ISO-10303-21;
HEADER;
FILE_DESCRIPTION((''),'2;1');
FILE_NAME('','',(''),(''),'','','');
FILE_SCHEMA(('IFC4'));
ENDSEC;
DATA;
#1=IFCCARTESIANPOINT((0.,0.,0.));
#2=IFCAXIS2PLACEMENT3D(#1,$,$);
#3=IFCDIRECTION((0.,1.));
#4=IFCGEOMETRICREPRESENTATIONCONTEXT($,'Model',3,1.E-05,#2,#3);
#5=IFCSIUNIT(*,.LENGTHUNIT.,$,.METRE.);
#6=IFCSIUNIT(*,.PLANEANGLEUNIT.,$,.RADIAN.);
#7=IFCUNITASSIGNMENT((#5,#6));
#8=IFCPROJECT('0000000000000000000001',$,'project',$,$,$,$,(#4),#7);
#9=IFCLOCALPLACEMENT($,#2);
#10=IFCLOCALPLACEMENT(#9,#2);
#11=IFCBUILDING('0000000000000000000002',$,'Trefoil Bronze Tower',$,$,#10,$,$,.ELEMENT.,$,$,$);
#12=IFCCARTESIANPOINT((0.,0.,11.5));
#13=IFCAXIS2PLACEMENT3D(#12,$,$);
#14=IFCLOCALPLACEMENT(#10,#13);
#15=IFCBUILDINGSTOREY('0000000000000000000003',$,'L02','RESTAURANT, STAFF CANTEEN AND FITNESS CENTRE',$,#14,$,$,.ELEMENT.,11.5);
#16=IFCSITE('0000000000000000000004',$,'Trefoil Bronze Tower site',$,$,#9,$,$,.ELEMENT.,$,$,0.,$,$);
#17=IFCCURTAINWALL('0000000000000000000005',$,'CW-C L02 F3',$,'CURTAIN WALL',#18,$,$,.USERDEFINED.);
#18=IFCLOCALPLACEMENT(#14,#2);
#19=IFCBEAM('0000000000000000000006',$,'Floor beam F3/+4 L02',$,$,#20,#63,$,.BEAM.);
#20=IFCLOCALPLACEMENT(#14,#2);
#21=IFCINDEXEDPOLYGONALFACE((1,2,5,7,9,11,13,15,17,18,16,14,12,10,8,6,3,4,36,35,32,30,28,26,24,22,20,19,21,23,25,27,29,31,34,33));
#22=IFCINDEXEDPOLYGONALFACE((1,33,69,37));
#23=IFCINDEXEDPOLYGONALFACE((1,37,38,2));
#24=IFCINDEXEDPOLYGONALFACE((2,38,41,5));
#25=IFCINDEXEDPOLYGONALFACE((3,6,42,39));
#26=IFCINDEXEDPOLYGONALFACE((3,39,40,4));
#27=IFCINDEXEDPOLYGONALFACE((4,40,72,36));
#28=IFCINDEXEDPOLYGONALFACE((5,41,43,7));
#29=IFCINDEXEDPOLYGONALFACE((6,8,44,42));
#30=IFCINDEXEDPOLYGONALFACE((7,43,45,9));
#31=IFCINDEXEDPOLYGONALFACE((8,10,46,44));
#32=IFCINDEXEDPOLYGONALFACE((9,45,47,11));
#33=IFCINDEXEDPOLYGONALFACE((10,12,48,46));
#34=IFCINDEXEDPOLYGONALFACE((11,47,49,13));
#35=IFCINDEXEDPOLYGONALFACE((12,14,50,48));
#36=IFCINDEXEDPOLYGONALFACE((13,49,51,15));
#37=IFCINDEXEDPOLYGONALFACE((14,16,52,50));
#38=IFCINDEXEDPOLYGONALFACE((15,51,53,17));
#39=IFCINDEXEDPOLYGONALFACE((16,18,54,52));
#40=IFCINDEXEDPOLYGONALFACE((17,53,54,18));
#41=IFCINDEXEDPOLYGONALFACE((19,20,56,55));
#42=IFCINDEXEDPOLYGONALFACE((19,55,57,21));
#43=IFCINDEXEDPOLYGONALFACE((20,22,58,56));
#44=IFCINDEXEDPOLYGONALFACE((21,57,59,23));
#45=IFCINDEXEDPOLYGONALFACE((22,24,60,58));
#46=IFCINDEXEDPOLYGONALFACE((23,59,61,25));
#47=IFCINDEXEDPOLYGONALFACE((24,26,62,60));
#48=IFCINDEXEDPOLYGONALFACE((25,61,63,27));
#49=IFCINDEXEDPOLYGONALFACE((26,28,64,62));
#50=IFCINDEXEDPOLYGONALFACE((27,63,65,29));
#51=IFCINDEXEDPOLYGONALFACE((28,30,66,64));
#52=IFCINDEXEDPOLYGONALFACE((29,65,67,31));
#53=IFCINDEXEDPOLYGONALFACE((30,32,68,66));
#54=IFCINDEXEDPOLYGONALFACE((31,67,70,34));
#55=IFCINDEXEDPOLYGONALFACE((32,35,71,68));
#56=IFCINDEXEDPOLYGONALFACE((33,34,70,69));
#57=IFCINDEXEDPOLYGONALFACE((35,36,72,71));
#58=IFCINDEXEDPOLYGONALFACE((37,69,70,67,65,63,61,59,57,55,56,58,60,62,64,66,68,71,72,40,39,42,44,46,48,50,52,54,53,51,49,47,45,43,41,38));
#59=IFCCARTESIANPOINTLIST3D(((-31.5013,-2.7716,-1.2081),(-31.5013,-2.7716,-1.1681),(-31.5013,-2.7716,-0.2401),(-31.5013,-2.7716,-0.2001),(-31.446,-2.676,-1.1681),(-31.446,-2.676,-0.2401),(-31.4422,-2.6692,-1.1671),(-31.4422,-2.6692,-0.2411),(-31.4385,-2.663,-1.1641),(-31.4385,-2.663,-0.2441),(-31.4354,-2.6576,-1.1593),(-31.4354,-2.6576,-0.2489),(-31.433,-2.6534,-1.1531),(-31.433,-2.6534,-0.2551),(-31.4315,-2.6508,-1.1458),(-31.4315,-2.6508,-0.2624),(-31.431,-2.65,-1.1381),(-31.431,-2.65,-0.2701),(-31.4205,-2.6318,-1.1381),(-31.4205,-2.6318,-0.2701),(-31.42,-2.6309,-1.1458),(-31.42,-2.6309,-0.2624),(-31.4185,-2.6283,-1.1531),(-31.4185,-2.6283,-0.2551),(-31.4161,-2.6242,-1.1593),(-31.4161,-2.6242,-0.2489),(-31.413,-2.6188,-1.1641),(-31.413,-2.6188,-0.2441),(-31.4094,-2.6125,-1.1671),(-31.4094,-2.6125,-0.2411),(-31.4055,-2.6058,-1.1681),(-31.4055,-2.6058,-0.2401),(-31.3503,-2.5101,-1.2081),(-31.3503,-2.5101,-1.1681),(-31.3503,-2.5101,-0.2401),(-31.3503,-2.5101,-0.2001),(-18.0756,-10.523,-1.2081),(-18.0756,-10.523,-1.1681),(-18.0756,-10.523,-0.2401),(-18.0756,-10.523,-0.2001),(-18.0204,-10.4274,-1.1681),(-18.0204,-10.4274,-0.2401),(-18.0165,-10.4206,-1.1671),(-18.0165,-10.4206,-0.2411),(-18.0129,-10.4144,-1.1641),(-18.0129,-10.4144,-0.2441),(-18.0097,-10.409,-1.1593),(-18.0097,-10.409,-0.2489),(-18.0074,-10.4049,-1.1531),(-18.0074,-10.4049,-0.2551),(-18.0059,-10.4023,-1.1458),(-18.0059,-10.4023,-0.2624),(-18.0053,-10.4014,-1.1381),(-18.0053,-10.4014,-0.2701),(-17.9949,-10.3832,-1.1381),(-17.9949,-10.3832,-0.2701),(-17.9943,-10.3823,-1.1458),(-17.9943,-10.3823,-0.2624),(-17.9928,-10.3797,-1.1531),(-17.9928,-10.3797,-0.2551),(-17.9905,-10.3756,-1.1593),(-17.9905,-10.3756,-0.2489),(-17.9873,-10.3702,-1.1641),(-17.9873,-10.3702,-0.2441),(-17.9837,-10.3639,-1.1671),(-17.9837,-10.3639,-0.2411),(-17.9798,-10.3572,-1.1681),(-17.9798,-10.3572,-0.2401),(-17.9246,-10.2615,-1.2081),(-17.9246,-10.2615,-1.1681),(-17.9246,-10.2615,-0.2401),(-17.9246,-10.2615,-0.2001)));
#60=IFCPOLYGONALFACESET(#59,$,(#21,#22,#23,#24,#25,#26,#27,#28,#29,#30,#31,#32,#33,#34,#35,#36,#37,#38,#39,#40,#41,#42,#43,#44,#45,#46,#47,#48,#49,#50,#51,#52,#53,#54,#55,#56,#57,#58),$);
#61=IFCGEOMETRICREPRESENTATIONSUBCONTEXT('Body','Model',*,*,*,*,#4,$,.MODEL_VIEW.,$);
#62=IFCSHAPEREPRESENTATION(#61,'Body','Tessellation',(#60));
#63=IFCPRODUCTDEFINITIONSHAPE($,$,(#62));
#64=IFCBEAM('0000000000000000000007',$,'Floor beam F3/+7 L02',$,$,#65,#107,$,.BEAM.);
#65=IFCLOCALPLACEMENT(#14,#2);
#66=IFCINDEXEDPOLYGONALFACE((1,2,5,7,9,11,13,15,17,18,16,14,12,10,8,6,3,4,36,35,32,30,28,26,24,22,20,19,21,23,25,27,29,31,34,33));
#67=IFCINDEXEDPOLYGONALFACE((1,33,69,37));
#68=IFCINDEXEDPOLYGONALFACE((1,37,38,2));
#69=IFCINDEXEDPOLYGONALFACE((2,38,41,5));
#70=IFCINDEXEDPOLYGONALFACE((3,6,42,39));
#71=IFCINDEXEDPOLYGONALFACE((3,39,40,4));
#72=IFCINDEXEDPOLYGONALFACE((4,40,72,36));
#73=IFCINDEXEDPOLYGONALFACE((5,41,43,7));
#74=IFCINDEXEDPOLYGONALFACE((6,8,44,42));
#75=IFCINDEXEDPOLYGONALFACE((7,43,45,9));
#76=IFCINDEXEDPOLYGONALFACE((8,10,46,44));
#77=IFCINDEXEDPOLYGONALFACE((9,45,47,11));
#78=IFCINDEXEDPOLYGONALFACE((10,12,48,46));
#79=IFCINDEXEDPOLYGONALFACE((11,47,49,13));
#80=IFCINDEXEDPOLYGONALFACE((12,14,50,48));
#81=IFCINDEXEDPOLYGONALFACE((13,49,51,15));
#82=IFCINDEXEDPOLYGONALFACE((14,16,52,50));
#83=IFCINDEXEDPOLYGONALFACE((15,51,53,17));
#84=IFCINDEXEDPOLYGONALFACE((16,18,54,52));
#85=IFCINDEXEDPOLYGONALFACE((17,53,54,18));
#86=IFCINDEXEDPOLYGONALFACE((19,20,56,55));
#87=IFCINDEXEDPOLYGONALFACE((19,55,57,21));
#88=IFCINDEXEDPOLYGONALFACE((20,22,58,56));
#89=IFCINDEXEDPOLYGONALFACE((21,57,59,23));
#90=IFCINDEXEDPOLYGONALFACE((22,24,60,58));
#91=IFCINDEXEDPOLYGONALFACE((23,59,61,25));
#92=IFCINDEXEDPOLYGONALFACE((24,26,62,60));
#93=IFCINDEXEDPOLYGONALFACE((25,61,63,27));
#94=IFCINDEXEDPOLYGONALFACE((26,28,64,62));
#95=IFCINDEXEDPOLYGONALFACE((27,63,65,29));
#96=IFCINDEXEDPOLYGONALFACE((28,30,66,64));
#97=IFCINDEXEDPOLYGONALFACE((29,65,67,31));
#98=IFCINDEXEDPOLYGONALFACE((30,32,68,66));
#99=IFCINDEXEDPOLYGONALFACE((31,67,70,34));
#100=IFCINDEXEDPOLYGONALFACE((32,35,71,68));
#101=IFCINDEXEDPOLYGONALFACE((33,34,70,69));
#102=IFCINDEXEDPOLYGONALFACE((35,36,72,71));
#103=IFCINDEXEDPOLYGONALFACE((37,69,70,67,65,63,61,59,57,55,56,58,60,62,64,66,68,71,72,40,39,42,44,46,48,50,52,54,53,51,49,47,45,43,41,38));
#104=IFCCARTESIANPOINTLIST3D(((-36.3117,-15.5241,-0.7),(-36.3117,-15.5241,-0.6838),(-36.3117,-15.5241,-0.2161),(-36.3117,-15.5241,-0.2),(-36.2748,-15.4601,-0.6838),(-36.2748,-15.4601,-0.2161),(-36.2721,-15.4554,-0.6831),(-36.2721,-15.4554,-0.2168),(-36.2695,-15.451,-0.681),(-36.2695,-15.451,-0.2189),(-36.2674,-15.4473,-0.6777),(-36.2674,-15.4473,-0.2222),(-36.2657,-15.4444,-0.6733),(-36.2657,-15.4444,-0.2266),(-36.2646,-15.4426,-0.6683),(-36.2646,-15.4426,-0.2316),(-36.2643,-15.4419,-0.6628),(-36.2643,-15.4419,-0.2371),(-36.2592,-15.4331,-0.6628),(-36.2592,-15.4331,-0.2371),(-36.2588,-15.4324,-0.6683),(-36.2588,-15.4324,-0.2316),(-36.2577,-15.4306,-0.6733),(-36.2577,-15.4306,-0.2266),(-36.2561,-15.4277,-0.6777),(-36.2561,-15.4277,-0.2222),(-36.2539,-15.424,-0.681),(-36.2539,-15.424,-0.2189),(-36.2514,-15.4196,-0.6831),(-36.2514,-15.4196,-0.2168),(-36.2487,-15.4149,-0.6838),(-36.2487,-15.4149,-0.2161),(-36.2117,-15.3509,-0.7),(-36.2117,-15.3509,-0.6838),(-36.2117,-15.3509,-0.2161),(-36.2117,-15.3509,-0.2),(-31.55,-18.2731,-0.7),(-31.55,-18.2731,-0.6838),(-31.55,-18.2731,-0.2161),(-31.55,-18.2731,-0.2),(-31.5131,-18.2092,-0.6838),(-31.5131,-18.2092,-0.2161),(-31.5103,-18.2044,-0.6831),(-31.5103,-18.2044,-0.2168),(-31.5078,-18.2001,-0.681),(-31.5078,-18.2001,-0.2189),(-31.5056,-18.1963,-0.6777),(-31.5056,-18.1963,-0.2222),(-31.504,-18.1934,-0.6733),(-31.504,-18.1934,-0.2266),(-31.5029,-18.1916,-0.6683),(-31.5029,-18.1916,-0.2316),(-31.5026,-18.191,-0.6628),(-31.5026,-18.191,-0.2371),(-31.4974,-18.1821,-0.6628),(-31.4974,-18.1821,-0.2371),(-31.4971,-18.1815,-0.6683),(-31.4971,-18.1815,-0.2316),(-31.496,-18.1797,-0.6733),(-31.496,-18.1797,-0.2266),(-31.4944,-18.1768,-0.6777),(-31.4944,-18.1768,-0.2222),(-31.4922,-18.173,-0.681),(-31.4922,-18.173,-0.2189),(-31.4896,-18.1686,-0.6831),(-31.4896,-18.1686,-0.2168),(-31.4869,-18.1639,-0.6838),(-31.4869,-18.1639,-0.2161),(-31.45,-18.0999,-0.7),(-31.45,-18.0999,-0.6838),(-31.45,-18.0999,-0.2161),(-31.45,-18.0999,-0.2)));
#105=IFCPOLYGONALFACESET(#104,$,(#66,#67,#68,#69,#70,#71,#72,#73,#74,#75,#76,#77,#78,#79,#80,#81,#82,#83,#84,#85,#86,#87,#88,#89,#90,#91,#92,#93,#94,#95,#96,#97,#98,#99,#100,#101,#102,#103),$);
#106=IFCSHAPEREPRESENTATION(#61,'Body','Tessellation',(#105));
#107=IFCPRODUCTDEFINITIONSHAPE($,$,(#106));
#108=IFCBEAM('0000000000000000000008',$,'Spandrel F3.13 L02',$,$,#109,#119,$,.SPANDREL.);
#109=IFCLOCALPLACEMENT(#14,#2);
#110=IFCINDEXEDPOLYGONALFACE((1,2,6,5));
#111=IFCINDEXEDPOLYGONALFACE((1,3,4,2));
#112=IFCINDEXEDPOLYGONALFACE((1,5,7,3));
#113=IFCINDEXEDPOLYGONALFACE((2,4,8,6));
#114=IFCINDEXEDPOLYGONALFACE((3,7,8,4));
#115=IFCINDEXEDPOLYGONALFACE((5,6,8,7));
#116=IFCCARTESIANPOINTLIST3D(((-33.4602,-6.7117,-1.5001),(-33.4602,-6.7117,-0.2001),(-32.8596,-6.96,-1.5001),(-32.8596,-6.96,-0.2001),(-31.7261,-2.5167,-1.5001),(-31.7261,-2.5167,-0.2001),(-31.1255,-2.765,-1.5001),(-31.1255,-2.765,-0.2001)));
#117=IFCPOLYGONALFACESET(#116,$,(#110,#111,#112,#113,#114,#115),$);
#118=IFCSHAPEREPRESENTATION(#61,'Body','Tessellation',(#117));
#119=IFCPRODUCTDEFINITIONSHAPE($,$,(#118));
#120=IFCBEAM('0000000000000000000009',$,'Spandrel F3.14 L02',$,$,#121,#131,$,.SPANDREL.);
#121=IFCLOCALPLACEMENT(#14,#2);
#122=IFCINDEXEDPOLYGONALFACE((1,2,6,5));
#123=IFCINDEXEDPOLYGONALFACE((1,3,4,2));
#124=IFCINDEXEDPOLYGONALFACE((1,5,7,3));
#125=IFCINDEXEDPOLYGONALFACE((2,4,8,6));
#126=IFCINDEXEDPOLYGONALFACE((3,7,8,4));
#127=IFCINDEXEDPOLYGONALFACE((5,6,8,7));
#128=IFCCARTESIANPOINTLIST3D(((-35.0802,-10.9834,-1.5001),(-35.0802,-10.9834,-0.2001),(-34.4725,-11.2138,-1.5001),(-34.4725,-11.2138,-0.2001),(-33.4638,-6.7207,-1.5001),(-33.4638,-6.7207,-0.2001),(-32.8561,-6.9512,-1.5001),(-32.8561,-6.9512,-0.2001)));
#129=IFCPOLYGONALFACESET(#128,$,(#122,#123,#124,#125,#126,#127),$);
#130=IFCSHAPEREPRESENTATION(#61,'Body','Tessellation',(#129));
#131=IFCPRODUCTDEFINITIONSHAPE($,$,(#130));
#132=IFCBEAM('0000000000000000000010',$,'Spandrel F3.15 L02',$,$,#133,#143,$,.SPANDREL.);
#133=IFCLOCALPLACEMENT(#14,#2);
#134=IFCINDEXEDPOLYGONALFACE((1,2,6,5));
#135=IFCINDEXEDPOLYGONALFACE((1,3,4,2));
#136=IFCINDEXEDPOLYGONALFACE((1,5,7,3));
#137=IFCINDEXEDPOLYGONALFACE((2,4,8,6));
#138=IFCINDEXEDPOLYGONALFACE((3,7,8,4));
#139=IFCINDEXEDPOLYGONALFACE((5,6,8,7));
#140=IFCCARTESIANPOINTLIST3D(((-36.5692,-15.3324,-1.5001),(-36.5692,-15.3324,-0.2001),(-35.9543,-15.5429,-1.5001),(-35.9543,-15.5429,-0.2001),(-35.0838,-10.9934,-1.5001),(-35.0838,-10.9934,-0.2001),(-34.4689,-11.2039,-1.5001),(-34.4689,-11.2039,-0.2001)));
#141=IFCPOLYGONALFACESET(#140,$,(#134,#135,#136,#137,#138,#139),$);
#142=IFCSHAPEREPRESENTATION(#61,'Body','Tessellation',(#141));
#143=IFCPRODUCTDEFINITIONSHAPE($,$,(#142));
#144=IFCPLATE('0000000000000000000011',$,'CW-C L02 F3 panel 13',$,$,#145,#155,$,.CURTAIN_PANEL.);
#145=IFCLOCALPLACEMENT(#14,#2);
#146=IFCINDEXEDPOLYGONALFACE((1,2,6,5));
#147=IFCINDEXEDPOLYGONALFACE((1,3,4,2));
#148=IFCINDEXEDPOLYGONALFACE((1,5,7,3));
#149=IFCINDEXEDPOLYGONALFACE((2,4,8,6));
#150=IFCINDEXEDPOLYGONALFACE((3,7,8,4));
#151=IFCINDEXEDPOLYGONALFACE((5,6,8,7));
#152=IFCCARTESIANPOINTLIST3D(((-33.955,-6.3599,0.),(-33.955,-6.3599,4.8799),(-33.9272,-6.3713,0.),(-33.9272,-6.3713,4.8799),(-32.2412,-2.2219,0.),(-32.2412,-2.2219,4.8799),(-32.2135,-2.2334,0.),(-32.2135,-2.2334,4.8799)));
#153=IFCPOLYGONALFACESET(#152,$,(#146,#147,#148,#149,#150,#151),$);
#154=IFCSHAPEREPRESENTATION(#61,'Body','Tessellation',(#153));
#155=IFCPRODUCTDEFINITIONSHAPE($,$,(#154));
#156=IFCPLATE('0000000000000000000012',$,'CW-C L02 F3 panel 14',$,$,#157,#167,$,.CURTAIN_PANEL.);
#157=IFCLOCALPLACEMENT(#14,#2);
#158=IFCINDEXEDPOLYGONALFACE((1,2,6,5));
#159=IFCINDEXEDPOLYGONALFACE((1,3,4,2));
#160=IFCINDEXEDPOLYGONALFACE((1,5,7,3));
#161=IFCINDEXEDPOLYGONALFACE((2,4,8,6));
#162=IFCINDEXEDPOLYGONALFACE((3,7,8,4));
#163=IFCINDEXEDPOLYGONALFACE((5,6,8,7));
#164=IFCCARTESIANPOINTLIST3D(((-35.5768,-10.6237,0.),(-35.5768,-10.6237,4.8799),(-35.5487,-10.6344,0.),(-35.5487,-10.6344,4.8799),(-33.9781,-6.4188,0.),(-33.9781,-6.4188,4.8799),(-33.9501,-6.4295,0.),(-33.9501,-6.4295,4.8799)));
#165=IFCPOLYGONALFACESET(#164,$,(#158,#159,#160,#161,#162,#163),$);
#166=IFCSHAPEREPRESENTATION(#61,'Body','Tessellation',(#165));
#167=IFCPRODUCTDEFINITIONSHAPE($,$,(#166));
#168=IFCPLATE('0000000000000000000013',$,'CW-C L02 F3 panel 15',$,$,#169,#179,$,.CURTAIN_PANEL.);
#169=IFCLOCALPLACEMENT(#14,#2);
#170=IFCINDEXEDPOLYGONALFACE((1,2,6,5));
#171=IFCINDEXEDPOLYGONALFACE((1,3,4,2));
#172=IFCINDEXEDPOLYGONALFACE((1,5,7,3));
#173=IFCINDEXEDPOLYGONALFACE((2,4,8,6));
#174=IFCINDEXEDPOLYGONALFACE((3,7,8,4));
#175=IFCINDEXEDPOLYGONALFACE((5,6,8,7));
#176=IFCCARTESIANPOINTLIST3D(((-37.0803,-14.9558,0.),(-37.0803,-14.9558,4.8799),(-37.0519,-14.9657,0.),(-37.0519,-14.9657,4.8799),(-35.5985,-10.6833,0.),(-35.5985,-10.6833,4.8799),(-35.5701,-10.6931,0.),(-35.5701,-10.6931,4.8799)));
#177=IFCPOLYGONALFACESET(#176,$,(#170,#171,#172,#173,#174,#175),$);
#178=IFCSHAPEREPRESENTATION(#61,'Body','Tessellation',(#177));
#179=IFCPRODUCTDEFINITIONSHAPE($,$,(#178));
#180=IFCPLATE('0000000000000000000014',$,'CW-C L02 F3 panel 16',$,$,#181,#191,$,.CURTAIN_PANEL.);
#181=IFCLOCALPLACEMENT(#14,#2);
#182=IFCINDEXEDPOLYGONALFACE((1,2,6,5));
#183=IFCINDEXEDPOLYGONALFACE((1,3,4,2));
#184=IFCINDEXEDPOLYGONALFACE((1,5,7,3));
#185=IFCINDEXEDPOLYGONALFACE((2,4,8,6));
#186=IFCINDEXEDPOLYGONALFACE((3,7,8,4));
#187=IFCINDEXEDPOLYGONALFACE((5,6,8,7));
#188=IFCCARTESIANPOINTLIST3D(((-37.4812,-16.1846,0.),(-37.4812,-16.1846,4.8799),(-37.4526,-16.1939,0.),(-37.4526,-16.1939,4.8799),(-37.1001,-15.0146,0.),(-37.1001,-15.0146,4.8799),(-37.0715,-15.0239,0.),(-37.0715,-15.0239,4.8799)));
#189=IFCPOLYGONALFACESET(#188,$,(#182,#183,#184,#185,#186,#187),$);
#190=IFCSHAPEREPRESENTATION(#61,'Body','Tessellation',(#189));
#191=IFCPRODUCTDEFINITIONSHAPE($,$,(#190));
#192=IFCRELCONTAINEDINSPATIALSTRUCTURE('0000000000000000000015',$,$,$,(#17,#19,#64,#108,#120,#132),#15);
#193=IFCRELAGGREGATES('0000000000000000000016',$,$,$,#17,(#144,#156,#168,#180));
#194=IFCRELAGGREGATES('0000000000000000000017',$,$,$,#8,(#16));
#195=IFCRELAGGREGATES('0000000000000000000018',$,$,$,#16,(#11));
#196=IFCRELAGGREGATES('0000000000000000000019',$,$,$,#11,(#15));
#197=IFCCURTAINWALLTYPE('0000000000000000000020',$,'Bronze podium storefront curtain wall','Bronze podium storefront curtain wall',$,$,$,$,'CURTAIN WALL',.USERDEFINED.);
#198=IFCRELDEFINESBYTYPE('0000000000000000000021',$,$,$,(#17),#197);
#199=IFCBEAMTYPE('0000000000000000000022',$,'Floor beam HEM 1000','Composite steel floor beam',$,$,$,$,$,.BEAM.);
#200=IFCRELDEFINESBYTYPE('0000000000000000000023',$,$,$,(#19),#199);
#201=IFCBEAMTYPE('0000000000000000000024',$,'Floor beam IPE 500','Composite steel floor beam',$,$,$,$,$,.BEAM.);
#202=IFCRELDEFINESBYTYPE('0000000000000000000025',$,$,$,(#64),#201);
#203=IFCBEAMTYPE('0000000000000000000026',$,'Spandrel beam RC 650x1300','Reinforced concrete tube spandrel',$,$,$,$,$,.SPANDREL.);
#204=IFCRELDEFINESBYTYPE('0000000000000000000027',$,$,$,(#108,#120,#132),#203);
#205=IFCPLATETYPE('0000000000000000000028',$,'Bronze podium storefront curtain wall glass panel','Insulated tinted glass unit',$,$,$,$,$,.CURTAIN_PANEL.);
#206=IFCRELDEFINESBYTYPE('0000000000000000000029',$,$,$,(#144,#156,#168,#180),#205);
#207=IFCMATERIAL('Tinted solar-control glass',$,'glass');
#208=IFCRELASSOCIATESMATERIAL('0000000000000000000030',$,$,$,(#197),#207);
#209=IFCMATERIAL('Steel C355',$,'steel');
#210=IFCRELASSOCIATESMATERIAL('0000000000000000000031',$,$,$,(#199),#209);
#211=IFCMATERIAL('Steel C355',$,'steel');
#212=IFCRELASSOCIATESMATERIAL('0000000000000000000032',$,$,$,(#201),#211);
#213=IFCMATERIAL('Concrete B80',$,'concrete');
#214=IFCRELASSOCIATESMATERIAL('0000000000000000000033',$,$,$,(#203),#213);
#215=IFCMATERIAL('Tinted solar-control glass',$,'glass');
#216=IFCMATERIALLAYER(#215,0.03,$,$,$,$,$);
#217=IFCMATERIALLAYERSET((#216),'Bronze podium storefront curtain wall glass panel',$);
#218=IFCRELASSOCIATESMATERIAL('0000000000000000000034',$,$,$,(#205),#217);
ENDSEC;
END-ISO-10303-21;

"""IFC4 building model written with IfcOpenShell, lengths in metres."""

from ifc_helpers import new_model, si_unit, direction, frame, origin, origin_2d, place, context, subcontext, project, spatial, rectangle, i_section, extrude, material, layer, layer_set, material_profile, profile_set, type_object, element, aggregate, save


model = new_model("IFC4")

# Units and contexts
model_context = context("Model", 3, precision=1e-05, world=origin(), true_north=direction((0.0, 1.0)))
body_context = subcontext(model_context, "Body", "Model", "MODEL_VIEW")
ifc_project = project(units=[si_unit("LENGTHUNIT", "METRE"), si_unit("PLANEANGLEUNIT", "RADIAN")], contexts=[model_context])

# Site, building, storey
site_placement = place(None, origin())
site = spatial("IfcSite", under=ifc_project, at=site_placement, Name="Trefoil Bronze Tower site", CompositionType="ELEMENT", RefElevation=0.0)
building_placement = place(site_placement, origin())
building = spatial("IfcBuilding", under=site, at=building_placement, Name="Trefoil Bronze Tower", CompositionType="ELEMENT")
storey_placement = place(building_placement, frame((0.0, 0.0, 11.5)))
storey = spatial("IfcBuildingStorey", under=building, at=storey_placement, Name="L02", Description="RESTAURANT, STAFF CANTEEN AND FITNESS CENTRE", CompositionType="ELEMENT", Elevation=11.5)

# Curtain wall
ifc_material_1 = material(Name="Tinted solar-control glass", Category="glass")
curtain_wall_type_1 = type_object("IfcCurtainWallType", Name="Bronze podium storefront curtain wall", Description="Bronze podium storefront curtain wall", ElementType="CURTAIN WALL", PredefinedType="USERDEFINED", material=ifc_material_1)
curtain_wall_1_placement = place(storey_placement, origin())
curtain_wall_1 = element("IfcCurtainWall", 1, at=curtain_wall_1_placement, inside=storey, type_object=curtain_wall_type_1, Name="CW-C L02 F3", ObjectType="CURTAIN WALL", PredefinedType="USERDEFINED")

# Beams
ifc_material_2 = material(Name="Steel C355", Category="steel")
ifc_material_profile_1 = material_profile(ifc_material_2, i_section(OverallWidth=0.302, OverallDepth=1.0081, WebThickness=0.021, FlangeThickness=0.04, FilletRadius=0.03, at=origin_2d()), Name="HEM 1000")
ifc_profile_set_1 = profile_set([ifc_material_profile_1], Name="Steel C355")
beam_type_1 = type_object("IfcBeamType", Name="Floor beam HEM 1000", Description="Composite steel floor beam", PredefinedType="BEAM", material=ifc_profile_set_1)
beam_1_placement = place(storey_placement, frame((-31.4258, -2.6409, -0.7041), z_axis=(0.866023, -0.500004, 0.0), x_axis=(0.500004, 0.866023, 0.0)))
element("IfcBeam", 2, at=beam_1_placement, inside=storey, type_object=beam_type_1, Name="Floor beam F3/+4 L02", PredefinedType="BEAM", context=body_context, shape_type="SweptSolid", body=[
    extrude(i_section(OverallWidth=0.302, OverallDepth=1.0081, WebThickness=0.021, FlangeThickness=0.04, FilletRadius=0.03, at=origin_2d()), origin(), (0.0, 0.0, 1.0), 15.5027),
])
ifc_material_3 = material(Name="Steel C355", Category="steel")
ifc_material_profile_2 = material_profile(ifc_material_3, i_section(OverallWidth=0.2, OverallDepth=0.5, WebThickness=0.0103, FlangeThickness=0.0161, FilletRadius=0.021, at=origin_2d()), Name="IPE 500")
ifc_profile_set_2 = profile_set([ifc_material_profile_2], Name="Steel C355")
beam_type_2 = type_object("IfcBeamType", Name="Floor beam IPE 500", Description="Composite steel floor beam", PredefinedType="BEAM", material=ifc_profile_set_2)
beam_2_placement = place(storey_placement, frame((-36.2617, -15.4375, -0.45), z_axis=(0.866038, -0.499979, 0.0), x_axis=(0.499979, 0.866038, 0.0)))
element("IfcBeam", 3, at=beam_2_placement, inside=storey, type_object=beam_type_2, Name="Floor beam F3/+7 L02", PredefinedType="BEAM", context=body_context, shape_type="SweptSolid", body=[
    extrude(i_section(OverallWidth=0.2, OverallDepth=0.5, WebThickness=0.0103, FlangeThickness=0.0161, FilletRadius=0.021, at=origin_2d()), origin(), (0.0, 0.0, 1.0), 5.4983),
])
ifc_material_4 = material(Name="Concrete B80", Category="concrete")
ifc_material_profile_3 = material_profile(ifc_material_4, rectangle(XDim=0.6499, YDim=1.3, at=origin_2d()), Name="RC 650x1300")
ifc_profile_set_3 = profile_set([ifc_material_profile_3], Name="Concrete B80")
beam_type_3 = type_object("IfcBeamType", Name="Spandrel beam RC 650x1300", Description="Reinforced concrete tube spandrel", PredefinedType="SPANDREL", material=ifc_profile_set_3)
beam_3_placement = place(storey_placement, frame((-31.4258, -2.6409, -0.8501), z_axis=(-0.382021, -0.924154, 0.0), x_axis=(0.924154, -0.382021, 0.0)))
element("IfcBeam", 4, at=beam_3_placement, inside=storey, type_object=beam_type_3, Name="Spandrel F3.13 L02", PredefinedType="SPANDREL", context=body_context, shape_type="SweptSolid", body=[
    extrude(rectangle(XDim=0.6499, YDim=1.3, at=origin_2d()), origin(), (0.0, 0.0, 1.0), 4.5393),
])
beam_4_placement = place(storey_placement, frame((-33.1599, -6.8359, -0.8501), z_axis=(-0.354572, -0.935029, 0.0), x_axis=(0.935029, -0.354572, 0.0)))
element("IfcBeam", 5, at=beam_4_placement, inside=storey, type_object=beam_type_3, Name="Spandrel F3.14 L02", PredefinedType="SPANDREL", context=body_context, shape_type="SweptSolid", body=[
    extrude(rectangle(XDim=0.6499, YDim=1.3, at=origin_2d()), origin(), (0.0, 0.0, 1.0), 4.5588),
])
beam_5_placement = place(storey_placement, frame((-34.7764, -11.0986, -0.8501), z_axis=(-0.323883, -0.946097, 0.0), x_axis=(0.946097, -0.323883, 0.0)))
element("IfcBeam", 6, at=beam_5_placement, inside=storey, type_object=beam_type_3, Name="Spandrel F3.15 L02", PredefinedType="SPANDREL", context=body_context, shape_type="SweptSolid", body=[
    extrude(rectangle(XDim=0.6499, YDim=1.3, at=origin_2d()), origin(), (0.0, 0.0, 1.0), 4.5862),
])

# Plates
ifc_material_5 = material(Name="Tinted solar-control glass", Category="glass")
ifc_layer_1 = layer(ifc_material_5, 0.03)
ifc_layer_set_1 = layer_set([ifc_layer_1], Name="Bronze podium storefront curtain wall glass panel")
plate_type_1 = type_object("IfcPlateType", Name="Bronze podium storefront curtain wall glass panel", Description="Insulated tinted glass unit", PredefinedType="CURTAIN_PANEL", material=ifc_layer_set_1)
plate_1_placement = place(storey_placement, frame((-33.0842, -4.2966, 0.0), z_axis=(0.0, 0.0, 1.0), x_axis=(-0.38263, -0.923902, 0.0)))
plate_1 = element("IfcPlate", 7, at=plate_1_placement, type_object=plate_type_1, Name="CW-C L02 F3 panel 13", PredefinedType="CURTAIN_PANEL", context=body_context, shape_type="SweptSolid", body=[
    extrude(rectangle(XDim=4.4788, YDim=0.03, at=origin_2d()), origin(), (0.0, 0.0, 1.0), 4.8799),
])
plate_2_placement = place(storey_placement, frame((-34.7634, -8.5266, 0.0), z_axis=(0.0, 0.0, 1.0), x_axis=(-0.355371, -0.934725, 0.0)))
plate_2 = element("IfcPlate", 8, at=plate_2_placement, type_object=plate_type_1, Name="CW-C L02 F3 panel 14", PredefinedType="CURTAIN_PANEL", context=body_context, shape_type="SweptSolid", body=[
    extrude(rectangle(XDim=4.4985, YDim=0.03, at=origin_2d()), origin(), (0.0, 0.0, 1.0), 4.8799),
])
plate_3_placement = place(storey_placement, frame((-36.3252, -12.8245, 0.0), z_axis=(0.0, 0.0, 1.0), x_axis=(-0.327674, -0.944791, 0.0)))
plate_3 = element("IfcPlate", 9, at=plate_3_placement, type_object=plate_type_1, Name="CW-C L02 F3 panel 15", PredefinedType="CURTAIN_PANEL", context=body_context, shape_type="SweptSolid", body=[
    extrude(rectangle(XDim=4.5222, YDim=0.03, at=origin_2d()), origin(), (0.0, 0.0, 1.0), 4.8799),
])
plate_4_placement = place(storey_placement, frame((-37.2764, -15.6042, 0.0), z_axis=(0.0, 0.0, 1.0), x_axis=(-0.309728, -0.950825, 0.0)))
plate_4 = element("IfcPlate", 10, at=plate_4_placement, type_object=plate_type_1, Name="CW-C L02 F3 panel 16", PredefinedType="CURTAIN_PANEL", context=body_context, shape_type="SweptSolid", body=[
    extrude(rectangle(XDim=1.2305, YDim=0.03, at=origin_2d()), origin(), (0.0, 0.0, 1.0), 4.8799),
])
aggregate(curtain_wall_1, [plate_1, plate_2, plate_3, plate_4])

save(model, "model.ifc")
